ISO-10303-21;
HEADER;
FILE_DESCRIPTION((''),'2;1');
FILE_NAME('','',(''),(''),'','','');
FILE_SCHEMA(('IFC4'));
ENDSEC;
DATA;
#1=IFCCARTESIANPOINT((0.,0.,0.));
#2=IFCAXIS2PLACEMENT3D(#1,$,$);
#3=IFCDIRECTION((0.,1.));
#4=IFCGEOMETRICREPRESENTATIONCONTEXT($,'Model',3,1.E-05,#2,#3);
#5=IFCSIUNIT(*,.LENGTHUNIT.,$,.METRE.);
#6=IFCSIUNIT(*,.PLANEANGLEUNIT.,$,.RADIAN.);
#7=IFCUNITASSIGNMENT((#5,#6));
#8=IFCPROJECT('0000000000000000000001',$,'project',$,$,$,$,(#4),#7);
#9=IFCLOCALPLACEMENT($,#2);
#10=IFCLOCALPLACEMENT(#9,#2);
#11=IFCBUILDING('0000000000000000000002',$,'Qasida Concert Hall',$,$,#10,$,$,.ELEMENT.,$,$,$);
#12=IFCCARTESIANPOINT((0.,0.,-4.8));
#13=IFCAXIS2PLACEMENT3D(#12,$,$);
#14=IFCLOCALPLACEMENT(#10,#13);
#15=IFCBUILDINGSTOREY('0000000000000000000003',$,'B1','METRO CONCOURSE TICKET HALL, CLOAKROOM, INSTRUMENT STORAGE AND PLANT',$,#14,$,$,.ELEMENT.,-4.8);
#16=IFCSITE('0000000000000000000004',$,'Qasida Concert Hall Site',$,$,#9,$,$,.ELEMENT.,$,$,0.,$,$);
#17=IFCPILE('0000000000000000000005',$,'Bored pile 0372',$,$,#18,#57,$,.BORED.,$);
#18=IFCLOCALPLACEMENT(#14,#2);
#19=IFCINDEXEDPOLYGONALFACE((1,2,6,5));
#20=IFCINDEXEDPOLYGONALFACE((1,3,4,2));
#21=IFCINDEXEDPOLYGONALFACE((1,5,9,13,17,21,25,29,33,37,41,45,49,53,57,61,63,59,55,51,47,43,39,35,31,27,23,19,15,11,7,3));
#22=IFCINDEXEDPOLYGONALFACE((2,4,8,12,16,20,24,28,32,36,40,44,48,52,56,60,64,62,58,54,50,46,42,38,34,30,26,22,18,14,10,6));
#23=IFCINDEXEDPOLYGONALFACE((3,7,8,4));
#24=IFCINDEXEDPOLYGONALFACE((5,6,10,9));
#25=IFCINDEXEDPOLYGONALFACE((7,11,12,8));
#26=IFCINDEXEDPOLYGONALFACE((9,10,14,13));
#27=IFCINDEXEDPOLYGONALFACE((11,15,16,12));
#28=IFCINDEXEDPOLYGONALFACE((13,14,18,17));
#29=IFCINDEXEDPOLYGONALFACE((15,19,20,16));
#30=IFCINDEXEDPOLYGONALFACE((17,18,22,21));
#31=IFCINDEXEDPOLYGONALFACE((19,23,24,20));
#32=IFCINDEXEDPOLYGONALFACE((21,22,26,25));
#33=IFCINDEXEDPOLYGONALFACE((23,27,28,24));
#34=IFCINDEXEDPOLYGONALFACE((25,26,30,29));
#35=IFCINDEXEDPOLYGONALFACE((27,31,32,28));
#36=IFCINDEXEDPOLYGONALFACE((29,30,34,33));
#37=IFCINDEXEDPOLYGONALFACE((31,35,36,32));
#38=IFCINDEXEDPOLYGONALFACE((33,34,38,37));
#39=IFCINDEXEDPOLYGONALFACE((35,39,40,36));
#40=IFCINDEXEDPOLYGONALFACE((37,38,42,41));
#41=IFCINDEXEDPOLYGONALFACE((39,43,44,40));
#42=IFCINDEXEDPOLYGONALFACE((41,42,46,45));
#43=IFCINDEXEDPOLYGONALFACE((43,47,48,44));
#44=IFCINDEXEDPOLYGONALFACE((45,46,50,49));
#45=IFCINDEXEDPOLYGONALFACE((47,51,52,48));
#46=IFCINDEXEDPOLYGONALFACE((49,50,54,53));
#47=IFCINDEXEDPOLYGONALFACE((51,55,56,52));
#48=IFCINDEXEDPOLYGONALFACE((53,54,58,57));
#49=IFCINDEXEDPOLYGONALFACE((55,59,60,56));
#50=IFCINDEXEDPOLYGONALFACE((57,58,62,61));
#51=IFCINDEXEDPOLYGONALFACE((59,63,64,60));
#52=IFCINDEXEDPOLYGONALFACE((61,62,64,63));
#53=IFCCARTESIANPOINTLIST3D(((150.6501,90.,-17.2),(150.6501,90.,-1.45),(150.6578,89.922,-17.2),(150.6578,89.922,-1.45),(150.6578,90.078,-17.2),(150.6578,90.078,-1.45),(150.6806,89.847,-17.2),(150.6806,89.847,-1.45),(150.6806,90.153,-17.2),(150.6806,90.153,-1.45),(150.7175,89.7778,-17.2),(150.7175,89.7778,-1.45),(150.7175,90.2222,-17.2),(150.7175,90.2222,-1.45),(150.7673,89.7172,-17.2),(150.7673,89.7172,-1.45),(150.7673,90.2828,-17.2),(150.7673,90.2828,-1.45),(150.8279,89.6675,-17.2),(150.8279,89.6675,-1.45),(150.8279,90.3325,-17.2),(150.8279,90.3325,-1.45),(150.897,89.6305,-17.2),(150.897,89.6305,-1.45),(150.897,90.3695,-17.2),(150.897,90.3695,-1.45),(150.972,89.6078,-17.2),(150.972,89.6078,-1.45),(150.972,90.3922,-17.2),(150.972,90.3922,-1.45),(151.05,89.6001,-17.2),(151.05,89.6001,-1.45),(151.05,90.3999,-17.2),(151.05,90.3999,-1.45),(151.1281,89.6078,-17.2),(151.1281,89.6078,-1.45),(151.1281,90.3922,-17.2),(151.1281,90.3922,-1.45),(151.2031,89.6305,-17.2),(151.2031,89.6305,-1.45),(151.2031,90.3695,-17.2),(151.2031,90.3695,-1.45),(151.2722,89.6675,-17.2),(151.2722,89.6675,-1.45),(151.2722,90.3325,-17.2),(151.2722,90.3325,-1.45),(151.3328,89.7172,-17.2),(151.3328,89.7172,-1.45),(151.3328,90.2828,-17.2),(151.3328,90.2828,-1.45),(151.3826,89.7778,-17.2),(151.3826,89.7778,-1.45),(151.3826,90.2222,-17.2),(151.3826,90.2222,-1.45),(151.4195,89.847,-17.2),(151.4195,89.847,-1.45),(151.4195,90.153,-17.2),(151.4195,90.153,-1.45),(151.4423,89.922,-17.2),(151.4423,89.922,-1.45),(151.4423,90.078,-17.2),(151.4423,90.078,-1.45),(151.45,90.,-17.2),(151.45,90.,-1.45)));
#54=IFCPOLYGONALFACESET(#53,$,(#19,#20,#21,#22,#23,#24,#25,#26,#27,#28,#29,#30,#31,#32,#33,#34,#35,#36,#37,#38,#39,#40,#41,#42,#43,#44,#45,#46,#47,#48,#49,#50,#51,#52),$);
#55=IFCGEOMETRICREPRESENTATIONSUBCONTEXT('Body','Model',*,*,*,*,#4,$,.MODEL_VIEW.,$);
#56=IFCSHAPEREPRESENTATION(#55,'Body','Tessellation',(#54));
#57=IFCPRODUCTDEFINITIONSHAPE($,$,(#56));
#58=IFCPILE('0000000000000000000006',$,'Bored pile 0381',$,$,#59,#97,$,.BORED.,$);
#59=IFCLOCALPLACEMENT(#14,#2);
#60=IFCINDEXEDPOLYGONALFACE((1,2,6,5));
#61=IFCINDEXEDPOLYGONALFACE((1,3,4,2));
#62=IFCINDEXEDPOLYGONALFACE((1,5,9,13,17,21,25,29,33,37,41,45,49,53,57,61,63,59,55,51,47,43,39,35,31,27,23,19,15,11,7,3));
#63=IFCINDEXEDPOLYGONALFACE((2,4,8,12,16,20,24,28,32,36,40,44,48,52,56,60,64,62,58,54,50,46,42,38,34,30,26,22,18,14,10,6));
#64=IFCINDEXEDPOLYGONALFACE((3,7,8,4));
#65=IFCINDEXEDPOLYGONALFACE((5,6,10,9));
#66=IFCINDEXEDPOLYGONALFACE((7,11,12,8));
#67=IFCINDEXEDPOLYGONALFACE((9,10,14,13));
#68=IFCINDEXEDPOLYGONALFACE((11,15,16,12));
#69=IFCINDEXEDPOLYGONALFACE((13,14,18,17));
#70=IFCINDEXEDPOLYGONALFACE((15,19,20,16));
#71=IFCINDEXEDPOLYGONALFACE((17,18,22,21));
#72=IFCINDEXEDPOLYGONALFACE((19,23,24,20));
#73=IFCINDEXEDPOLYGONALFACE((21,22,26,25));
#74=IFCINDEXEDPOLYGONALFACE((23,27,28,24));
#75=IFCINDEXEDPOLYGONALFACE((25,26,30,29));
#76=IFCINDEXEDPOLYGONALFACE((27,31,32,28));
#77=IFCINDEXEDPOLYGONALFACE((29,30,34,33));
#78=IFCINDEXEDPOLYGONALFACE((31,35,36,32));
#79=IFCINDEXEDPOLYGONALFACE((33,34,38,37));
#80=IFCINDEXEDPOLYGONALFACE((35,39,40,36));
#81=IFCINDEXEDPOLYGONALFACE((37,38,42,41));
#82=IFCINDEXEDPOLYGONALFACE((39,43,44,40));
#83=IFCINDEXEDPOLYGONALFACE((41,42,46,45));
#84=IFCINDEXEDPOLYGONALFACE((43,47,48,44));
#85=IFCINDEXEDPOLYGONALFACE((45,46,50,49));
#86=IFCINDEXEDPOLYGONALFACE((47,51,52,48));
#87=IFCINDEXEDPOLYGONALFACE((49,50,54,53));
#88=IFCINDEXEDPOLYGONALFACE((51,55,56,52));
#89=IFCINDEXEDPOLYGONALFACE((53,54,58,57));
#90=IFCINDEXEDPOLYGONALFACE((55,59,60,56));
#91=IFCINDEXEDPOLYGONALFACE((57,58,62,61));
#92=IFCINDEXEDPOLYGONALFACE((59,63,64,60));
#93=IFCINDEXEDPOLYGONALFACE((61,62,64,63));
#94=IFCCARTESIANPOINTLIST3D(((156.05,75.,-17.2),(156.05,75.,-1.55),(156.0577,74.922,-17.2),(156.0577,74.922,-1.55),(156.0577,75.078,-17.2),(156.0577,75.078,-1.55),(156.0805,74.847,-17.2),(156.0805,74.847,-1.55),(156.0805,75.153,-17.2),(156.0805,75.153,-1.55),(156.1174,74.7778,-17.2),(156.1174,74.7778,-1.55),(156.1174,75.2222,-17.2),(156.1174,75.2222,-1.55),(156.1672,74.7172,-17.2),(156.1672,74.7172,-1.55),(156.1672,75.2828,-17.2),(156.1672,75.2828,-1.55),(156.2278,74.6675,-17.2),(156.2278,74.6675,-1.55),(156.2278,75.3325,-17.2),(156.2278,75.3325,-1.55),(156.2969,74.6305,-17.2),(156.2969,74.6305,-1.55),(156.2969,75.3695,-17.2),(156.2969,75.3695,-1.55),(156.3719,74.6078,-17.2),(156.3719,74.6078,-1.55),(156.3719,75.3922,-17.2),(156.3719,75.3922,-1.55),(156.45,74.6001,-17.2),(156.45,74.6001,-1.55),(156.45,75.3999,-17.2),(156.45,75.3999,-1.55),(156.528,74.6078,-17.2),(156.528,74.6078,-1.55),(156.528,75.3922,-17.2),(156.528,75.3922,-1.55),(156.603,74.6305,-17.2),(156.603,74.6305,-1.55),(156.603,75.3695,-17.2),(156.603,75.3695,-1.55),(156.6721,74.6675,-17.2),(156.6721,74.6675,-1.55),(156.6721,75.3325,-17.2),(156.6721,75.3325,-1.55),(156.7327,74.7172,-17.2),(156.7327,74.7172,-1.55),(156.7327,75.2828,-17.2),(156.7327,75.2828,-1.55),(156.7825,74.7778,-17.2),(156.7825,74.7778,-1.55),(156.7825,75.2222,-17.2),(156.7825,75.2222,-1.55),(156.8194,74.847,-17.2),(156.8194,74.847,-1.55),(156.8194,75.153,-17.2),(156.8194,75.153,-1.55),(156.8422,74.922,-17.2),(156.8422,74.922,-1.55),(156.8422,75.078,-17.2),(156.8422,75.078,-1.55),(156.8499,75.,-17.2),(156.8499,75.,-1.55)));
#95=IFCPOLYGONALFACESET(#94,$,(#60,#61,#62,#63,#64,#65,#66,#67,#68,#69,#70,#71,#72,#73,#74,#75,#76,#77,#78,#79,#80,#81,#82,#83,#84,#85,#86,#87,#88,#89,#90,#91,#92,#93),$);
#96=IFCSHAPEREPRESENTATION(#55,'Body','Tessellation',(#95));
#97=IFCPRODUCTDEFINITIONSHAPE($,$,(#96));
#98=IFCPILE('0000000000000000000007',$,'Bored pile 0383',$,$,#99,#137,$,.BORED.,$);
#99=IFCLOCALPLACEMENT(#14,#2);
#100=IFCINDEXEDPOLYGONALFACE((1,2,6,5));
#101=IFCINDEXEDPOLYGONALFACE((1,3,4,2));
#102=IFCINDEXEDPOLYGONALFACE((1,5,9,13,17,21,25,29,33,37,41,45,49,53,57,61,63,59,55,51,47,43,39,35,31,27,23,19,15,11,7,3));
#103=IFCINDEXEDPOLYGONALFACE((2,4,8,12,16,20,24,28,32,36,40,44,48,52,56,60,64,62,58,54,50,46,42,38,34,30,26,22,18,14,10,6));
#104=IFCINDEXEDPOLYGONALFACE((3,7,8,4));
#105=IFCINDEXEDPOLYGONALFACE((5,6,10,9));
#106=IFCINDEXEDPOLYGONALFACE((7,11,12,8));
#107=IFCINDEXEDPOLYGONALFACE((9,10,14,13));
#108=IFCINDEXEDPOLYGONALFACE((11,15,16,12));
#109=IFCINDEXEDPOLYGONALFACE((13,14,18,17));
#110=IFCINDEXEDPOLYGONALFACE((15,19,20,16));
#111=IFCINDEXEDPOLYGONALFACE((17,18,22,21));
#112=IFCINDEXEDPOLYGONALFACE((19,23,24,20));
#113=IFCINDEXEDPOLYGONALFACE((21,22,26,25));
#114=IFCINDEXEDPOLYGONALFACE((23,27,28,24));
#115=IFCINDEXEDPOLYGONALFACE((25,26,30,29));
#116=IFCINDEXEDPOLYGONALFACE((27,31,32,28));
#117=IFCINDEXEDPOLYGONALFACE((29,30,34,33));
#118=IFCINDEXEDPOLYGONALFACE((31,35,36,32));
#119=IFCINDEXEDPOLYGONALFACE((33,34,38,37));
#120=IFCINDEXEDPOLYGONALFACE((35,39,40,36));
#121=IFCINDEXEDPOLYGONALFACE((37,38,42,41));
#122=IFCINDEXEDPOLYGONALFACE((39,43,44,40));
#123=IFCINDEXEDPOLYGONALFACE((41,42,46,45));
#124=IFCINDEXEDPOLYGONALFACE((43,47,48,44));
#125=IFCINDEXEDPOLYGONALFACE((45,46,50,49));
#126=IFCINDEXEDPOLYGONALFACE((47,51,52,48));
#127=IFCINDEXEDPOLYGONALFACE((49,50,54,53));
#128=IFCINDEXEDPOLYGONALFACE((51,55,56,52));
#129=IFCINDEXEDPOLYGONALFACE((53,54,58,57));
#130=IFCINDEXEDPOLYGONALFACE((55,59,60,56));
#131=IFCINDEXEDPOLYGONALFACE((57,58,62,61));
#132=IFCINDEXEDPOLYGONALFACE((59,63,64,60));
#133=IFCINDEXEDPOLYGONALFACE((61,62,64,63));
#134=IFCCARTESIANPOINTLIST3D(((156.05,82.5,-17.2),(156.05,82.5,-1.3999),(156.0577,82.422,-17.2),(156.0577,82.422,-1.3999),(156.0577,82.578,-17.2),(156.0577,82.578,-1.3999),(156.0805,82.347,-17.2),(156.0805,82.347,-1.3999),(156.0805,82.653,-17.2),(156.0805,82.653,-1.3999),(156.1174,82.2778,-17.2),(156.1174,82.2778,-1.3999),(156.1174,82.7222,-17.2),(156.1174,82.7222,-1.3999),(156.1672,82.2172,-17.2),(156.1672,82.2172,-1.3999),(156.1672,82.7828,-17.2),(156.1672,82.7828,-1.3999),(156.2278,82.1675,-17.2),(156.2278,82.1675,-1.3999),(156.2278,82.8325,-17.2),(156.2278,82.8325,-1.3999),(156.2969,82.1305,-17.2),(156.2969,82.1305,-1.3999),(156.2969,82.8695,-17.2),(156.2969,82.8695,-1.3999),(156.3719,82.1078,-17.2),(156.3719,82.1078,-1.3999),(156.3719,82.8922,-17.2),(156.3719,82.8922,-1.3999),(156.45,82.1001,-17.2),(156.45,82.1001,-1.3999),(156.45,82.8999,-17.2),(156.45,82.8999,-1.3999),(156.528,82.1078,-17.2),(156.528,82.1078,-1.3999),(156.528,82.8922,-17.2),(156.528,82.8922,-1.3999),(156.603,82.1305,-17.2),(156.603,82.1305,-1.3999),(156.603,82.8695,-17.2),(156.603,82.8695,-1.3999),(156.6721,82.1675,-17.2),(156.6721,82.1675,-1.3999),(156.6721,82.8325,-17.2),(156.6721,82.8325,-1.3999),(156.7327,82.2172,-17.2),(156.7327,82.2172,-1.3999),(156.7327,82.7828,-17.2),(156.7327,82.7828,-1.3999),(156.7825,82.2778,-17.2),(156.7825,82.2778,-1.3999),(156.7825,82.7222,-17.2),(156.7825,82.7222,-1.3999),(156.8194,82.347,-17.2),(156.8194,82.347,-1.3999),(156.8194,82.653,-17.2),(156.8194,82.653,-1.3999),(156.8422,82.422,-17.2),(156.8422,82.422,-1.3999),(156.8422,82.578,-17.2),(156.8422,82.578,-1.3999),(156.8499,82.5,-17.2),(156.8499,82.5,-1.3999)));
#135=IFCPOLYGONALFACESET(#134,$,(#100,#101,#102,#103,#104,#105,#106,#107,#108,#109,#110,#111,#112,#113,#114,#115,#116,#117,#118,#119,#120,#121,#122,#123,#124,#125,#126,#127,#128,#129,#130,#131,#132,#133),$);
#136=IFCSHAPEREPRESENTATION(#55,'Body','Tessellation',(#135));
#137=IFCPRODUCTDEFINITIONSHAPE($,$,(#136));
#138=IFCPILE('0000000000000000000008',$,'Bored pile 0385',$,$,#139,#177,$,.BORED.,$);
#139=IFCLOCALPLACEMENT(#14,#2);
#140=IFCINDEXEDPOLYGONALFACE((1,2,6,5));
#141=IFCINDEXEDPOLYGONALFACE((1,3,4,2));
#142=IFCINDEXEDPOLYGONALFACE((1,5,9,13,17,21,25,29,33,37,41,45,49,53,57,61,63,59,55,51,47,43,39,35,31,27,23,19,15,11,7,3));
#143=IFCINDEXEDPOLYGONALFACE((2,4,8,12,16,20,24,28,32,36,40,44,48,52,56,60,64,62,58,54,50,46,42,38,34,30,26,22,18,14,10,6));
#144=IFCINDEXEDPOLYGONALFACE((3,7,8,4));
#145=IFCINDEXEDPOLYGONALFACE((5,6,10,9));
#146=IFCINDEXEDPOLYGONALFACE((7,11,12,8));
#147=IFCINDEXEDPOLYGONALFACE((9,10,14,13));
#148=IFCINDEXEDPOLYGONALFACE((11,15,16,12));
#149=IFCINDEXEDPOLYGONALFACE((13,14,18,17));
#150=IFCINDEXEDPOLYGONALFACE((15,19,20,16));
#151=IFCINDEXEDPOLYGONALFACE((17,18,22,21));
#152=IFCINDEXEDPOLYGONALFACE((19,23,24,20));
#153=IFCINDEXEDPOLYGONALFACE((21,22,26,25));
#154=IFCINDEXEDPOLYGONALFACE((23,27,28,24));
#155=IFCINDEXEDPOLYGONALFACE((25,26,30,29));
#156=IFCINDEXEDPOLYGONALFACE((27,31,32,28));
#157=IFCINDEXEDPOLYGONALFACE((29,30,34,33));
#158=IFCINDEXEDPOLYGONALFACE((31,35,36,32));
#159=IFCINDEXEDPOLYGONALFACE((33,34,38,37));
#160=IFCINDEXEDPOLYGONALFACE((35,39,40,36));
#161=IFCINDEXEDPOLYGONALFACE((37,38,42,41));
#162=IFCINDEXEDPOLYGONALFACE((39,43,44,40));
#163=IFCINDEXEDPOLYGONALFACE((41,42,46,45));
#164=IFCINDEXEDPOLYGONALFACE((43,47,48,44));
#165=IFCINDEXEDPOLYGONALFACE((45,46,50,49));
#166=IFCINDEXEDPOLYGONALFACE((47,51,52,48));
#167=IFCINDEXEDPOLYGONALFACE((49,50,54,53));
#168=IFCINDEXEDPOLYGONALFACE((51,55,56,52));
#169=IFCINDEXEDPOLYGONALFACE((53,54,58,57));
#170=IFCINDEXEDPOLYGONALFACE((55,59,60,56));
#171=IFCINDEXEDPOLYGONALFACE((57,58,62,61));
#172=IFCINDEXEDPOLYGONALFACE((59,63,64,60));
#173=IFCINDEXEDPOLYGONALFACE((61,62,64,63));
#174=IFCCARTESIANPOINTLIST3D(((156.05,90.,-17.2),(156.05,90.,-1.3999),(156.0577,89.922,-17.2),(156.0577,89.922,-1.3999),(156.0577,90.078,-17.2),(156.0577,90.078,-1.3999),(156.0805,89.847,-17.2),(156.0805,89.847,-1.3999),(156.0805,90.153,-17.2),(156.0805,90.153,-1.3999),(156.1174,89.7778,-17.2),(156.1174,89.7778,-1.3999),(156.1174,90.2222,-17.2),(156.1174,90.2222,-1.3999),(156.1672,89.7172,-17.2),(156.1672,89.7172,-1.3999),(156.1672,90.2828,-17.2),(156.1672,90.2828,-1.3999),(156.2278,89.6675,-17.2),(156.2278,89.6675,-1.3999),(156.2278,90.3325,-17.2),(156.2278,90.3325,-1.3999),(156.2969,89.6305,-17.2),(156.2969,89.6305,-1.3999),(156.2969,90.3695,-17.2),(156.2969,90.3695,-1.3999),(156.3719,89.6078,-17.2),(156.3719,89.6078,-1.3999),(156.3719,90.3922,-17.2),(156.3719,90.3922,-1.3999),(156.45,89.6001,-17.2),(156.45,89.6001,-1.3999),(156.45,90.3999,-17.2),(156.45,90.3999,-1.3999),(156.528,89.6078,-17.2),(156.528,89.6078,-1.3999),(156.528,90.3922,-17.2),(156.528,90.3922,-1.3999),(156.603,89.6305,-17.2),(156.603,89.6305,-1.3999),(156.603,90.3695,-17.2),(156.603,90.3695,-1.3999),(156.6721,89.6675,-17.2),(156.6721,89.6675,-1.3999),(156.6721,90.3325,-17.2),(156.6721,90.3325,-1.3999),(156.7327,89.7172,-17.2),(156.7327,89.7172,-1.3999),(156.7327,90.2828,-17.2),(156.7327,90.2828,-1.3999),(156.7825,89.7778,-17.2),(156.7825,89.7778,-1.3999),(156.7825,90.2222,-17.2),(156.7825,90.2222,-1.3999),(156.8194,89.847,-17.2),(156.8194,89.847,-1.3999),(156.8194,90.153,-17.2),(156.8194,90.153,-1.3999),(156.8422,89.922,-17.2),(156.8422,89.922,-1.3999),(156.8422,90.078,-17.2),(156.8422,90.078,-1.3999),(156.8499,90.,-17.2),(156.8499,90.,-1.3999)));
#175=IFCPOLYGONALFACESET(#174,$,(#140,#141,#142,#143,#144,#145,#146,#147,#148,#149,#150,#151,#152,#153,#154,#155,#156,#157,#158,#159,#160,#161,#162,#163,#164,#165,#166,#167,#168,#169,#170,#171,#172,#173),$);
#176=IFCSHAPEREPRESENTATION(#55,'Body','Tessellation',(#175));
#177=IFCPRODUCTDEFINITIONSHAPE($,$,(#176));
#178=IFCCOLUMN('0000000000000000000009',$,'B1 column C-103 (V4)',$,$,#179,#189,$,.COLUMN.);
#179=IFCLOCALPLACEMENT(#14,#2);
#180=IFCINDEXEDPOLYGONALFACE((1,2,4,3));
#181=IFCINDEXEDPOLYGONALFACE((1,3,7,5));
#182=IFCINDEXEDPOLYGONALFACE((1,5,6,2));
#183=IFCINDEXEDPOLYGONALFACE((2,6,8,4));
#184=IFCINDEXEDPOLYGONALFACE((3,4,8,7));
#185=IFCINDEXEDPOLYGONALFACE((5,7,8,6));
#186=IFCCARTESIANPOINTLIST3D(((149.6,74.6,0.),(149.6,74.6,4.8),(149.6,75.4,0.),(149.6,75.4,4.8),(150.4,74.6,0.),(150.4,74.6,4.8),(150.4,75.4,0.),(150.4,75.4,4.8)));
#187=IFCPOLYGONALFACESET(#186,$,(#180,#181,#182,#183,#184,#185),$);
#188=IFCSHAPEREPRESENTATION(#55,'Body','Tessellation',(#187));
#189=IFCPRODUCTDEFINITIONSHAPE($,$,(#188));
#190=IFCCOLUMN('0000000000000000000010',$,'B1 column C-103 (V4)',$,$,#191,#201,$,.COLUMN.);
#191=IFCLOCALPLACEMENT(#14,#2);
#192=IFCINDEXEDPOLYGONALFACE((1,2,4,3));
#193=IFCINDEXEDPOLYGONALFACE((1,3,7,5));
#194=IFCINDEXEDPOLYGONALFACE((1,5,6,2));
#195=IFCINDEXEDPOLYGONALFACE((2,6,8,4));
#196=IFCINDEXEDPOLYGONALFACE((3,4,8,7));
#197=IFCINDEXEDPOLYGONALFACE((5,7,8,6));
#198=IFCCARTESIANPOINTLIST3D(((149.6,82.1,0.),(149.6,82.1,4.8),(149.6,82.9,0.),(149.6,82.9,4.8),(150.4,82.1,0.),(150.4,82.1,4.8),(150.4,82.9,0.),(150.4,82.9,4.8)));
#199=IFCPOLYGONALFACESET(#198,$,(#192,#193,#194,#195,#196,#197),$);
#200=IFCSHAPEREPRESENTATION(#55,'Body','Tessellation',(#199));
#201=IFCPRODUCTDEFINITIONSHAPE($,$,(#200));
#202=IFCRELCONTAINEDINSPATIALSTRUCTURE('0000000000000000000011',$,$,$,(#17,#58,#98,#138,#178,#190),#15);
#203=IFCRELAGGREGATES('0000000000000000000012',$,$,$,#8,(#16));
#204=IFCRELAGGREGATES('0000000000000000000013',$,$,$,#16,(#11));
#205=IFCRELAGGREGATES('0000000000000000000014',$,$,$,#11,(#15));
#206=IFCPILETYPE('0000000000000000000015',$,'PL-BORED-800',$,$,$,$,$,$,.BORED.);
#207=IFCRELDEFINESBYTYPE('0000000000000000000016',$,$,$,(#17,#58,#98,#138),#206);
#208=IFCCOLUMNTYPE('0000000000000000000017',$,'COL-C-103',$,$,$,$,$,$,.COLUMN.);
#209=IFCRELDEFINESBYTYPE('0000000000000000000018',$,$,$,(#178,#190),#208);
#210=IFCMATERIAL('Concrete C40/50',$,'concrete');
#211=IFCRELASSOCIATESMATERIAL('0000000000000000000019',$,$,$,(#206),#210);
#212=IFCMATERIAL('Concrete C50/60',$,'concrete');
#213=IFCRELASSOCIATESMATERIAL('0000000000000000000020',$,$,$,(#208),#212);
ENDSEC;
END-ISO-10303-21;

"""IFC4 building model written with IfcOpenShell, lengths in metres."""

from ifc_helpers import new_model, si_unit, direction, frame, origin, origin_2d, place, context, subcontext, project, spatial, rectangle, circle, extrude, material, material_profile, profile_set, type_object, element, save


model = new_model("IFC4")

# Units and contexts
model_context = context("Model", 3, precision=1e-05, world=origin(), true_north=direction((0.0, 1.0)))
body_context = subcontext(model_context, "Body", "Model", "MODEL_VIEW")
ifc_project = project(units=[si_unit("LENGTHUNIT", "METRE"), si_unit("PLANEANGLEUNIT", "RADIAN")], contexts=[model_context])

# Site, building, storey
site_placement = place(None, origin())
site = spatial("IfcSite", under=ifc_project, at=site_placement, Name="Qasida Concert Hall Site", CompositionType="ELEMENT", RefElevation=0.0)
building_placement = place(site_placement, origin())
building = spatial("IfcBuilding", under=site, at=building_placement, Name="Qasida Concert Hall", CompositionType="ELEMENT")
storey_placement = place(building_placement, frame((0.0, 0.0, -4.8)))
storey = spatial("IfcBuildingStorey", under=building, at=storey_placement, Name="B1", Description="METRO CONCOURSE TICKET HALL, CLOAKROOM, INSTRUMENT STORAGE AND PLANT", CompositionType="ELEMENT", Elevation=-4.8)

# Shared definitions
ifc_material_1 = material(Name="Concrete C40/50", Category="concrete")

# Piles
ifc_material_profile_1 = material_profile(ifc_material_1, circle(Radius=0.3999, at=origin_2d()), Name="BORED PILE D800")
ifc_profile_set_1 = profile_set([ifc_material_profile_1], Name="Concrete C40/50")
pile_type = type_object("IfcPileType", Name="PL-BORED-800", PredefinedType="BORED", material=ifc_profile_set_1)
for number, where, z_axis, x_axis, name in (
    (1, (151.05, 90.0, -1.45), (0.0, 0.0, -1.0), (1.0, 0.0, 0.0), "Bored pile 0372"),
):
    element("IfcPile", number, at=place(storey_placement, frame(where, z_axis=z_axis, x_axis=x_axis)), inside=storey, type_object=pile_type, Name=name, PredefinedType="BORED", context=body_context, shape_type="SweptSolid", body=[
        extrude(circle(Radius=0.3999, at=origin_2d()), origin(), (0.0, 0.0, 1.0), 15.75),
    ])
pile_1_placement = place(storey_placement, frame((156.45, 75.0, -1.55), z_axis=(0.0, 0.0, -1.0), x_axis=(1.0, 0.0, 0.0)))
element("IfcPile", 2, at=pile_1_placement, inside=storey, type_object=pile_type, Name="Bored pile 0381", PredefinedType="BORED", context=body_context, shape_type="SweptSolid", body=[
    extrude(circle(Radius=0.3999, at=origin_2d()), origin(), (0.0, 0.0, 1.0), 15.6499),
])
for number, where, z_axis, x_axis, name in (
    (3, (156.45, 82.5, -1.3999), (0.0, 0.0, -1.0), (1.0, 0.0, 0.0), "Bored pile 0383"),
    (4, (156.45, 90.0, -1.3999), (0.0, 0.0, -1.0), (1.0, 0.0, 0.0), "Bored pile 0385"),
):
    element("IfcPile", number, at=place(storey_placement, frame(where, z_axis=z_axis, x_axis=x_axis)), inside=storey, type_object=pile_type, Name=name, PredefinedType="BORED", context=body_context, shape_type="SweptSolid", body=[
        extrude(circle(Radius=0.3999, at=origin_2d()), origin(), (0.0, 0.0, 1.0), 15.8),
    ])

# Columns
ifc_material_2 = material(Name="Concrete C50/60", Category="concrete")
ifc_material_profile_2 = material_profile(ifc_material_2, rectangle(XDim=0.8, YDim=0.8, at=origin_2d()), Name="RC 800x800")
ifc_profile_set_2 = profile_set([ifc_material_profile_2], Name="Concrete C50/60")
column_type = type_object("IfcColumnType", Name="COL-C-103", PredefinedType="COLUMN", material=ifc_profile_set_2)
for number, where, z_axis, x_axis, name in (
    (5, (150.0, 75.0, 0.0), (0.0, 0.0, 1.0), (1.0, 0.0, 0.0), "B1 column C-103 (V4)"),
    (6, (150.0, 82.5, 0.0), (0.0, 0.0, 1.0), (1.0, 0.0, 0.0), "B1 column C-103 (V4)"),
):
    element("IfcColumn", number, at=place(storey_placement, frame(where, z_axis=z_axis, x_axis=x_axis)), inside=storey, type_object=column_type, Name=name, PredefinedType="COLUMN", context=body_context, shape_type="SweptSolid", body=[
        extrude(rectangle(XDim=0.8, YDim=0.8, at=origin_2d()), origin(), (0.0, 0.0, 1.0), 4.8),
    ])

save(model, "model.ifc")
